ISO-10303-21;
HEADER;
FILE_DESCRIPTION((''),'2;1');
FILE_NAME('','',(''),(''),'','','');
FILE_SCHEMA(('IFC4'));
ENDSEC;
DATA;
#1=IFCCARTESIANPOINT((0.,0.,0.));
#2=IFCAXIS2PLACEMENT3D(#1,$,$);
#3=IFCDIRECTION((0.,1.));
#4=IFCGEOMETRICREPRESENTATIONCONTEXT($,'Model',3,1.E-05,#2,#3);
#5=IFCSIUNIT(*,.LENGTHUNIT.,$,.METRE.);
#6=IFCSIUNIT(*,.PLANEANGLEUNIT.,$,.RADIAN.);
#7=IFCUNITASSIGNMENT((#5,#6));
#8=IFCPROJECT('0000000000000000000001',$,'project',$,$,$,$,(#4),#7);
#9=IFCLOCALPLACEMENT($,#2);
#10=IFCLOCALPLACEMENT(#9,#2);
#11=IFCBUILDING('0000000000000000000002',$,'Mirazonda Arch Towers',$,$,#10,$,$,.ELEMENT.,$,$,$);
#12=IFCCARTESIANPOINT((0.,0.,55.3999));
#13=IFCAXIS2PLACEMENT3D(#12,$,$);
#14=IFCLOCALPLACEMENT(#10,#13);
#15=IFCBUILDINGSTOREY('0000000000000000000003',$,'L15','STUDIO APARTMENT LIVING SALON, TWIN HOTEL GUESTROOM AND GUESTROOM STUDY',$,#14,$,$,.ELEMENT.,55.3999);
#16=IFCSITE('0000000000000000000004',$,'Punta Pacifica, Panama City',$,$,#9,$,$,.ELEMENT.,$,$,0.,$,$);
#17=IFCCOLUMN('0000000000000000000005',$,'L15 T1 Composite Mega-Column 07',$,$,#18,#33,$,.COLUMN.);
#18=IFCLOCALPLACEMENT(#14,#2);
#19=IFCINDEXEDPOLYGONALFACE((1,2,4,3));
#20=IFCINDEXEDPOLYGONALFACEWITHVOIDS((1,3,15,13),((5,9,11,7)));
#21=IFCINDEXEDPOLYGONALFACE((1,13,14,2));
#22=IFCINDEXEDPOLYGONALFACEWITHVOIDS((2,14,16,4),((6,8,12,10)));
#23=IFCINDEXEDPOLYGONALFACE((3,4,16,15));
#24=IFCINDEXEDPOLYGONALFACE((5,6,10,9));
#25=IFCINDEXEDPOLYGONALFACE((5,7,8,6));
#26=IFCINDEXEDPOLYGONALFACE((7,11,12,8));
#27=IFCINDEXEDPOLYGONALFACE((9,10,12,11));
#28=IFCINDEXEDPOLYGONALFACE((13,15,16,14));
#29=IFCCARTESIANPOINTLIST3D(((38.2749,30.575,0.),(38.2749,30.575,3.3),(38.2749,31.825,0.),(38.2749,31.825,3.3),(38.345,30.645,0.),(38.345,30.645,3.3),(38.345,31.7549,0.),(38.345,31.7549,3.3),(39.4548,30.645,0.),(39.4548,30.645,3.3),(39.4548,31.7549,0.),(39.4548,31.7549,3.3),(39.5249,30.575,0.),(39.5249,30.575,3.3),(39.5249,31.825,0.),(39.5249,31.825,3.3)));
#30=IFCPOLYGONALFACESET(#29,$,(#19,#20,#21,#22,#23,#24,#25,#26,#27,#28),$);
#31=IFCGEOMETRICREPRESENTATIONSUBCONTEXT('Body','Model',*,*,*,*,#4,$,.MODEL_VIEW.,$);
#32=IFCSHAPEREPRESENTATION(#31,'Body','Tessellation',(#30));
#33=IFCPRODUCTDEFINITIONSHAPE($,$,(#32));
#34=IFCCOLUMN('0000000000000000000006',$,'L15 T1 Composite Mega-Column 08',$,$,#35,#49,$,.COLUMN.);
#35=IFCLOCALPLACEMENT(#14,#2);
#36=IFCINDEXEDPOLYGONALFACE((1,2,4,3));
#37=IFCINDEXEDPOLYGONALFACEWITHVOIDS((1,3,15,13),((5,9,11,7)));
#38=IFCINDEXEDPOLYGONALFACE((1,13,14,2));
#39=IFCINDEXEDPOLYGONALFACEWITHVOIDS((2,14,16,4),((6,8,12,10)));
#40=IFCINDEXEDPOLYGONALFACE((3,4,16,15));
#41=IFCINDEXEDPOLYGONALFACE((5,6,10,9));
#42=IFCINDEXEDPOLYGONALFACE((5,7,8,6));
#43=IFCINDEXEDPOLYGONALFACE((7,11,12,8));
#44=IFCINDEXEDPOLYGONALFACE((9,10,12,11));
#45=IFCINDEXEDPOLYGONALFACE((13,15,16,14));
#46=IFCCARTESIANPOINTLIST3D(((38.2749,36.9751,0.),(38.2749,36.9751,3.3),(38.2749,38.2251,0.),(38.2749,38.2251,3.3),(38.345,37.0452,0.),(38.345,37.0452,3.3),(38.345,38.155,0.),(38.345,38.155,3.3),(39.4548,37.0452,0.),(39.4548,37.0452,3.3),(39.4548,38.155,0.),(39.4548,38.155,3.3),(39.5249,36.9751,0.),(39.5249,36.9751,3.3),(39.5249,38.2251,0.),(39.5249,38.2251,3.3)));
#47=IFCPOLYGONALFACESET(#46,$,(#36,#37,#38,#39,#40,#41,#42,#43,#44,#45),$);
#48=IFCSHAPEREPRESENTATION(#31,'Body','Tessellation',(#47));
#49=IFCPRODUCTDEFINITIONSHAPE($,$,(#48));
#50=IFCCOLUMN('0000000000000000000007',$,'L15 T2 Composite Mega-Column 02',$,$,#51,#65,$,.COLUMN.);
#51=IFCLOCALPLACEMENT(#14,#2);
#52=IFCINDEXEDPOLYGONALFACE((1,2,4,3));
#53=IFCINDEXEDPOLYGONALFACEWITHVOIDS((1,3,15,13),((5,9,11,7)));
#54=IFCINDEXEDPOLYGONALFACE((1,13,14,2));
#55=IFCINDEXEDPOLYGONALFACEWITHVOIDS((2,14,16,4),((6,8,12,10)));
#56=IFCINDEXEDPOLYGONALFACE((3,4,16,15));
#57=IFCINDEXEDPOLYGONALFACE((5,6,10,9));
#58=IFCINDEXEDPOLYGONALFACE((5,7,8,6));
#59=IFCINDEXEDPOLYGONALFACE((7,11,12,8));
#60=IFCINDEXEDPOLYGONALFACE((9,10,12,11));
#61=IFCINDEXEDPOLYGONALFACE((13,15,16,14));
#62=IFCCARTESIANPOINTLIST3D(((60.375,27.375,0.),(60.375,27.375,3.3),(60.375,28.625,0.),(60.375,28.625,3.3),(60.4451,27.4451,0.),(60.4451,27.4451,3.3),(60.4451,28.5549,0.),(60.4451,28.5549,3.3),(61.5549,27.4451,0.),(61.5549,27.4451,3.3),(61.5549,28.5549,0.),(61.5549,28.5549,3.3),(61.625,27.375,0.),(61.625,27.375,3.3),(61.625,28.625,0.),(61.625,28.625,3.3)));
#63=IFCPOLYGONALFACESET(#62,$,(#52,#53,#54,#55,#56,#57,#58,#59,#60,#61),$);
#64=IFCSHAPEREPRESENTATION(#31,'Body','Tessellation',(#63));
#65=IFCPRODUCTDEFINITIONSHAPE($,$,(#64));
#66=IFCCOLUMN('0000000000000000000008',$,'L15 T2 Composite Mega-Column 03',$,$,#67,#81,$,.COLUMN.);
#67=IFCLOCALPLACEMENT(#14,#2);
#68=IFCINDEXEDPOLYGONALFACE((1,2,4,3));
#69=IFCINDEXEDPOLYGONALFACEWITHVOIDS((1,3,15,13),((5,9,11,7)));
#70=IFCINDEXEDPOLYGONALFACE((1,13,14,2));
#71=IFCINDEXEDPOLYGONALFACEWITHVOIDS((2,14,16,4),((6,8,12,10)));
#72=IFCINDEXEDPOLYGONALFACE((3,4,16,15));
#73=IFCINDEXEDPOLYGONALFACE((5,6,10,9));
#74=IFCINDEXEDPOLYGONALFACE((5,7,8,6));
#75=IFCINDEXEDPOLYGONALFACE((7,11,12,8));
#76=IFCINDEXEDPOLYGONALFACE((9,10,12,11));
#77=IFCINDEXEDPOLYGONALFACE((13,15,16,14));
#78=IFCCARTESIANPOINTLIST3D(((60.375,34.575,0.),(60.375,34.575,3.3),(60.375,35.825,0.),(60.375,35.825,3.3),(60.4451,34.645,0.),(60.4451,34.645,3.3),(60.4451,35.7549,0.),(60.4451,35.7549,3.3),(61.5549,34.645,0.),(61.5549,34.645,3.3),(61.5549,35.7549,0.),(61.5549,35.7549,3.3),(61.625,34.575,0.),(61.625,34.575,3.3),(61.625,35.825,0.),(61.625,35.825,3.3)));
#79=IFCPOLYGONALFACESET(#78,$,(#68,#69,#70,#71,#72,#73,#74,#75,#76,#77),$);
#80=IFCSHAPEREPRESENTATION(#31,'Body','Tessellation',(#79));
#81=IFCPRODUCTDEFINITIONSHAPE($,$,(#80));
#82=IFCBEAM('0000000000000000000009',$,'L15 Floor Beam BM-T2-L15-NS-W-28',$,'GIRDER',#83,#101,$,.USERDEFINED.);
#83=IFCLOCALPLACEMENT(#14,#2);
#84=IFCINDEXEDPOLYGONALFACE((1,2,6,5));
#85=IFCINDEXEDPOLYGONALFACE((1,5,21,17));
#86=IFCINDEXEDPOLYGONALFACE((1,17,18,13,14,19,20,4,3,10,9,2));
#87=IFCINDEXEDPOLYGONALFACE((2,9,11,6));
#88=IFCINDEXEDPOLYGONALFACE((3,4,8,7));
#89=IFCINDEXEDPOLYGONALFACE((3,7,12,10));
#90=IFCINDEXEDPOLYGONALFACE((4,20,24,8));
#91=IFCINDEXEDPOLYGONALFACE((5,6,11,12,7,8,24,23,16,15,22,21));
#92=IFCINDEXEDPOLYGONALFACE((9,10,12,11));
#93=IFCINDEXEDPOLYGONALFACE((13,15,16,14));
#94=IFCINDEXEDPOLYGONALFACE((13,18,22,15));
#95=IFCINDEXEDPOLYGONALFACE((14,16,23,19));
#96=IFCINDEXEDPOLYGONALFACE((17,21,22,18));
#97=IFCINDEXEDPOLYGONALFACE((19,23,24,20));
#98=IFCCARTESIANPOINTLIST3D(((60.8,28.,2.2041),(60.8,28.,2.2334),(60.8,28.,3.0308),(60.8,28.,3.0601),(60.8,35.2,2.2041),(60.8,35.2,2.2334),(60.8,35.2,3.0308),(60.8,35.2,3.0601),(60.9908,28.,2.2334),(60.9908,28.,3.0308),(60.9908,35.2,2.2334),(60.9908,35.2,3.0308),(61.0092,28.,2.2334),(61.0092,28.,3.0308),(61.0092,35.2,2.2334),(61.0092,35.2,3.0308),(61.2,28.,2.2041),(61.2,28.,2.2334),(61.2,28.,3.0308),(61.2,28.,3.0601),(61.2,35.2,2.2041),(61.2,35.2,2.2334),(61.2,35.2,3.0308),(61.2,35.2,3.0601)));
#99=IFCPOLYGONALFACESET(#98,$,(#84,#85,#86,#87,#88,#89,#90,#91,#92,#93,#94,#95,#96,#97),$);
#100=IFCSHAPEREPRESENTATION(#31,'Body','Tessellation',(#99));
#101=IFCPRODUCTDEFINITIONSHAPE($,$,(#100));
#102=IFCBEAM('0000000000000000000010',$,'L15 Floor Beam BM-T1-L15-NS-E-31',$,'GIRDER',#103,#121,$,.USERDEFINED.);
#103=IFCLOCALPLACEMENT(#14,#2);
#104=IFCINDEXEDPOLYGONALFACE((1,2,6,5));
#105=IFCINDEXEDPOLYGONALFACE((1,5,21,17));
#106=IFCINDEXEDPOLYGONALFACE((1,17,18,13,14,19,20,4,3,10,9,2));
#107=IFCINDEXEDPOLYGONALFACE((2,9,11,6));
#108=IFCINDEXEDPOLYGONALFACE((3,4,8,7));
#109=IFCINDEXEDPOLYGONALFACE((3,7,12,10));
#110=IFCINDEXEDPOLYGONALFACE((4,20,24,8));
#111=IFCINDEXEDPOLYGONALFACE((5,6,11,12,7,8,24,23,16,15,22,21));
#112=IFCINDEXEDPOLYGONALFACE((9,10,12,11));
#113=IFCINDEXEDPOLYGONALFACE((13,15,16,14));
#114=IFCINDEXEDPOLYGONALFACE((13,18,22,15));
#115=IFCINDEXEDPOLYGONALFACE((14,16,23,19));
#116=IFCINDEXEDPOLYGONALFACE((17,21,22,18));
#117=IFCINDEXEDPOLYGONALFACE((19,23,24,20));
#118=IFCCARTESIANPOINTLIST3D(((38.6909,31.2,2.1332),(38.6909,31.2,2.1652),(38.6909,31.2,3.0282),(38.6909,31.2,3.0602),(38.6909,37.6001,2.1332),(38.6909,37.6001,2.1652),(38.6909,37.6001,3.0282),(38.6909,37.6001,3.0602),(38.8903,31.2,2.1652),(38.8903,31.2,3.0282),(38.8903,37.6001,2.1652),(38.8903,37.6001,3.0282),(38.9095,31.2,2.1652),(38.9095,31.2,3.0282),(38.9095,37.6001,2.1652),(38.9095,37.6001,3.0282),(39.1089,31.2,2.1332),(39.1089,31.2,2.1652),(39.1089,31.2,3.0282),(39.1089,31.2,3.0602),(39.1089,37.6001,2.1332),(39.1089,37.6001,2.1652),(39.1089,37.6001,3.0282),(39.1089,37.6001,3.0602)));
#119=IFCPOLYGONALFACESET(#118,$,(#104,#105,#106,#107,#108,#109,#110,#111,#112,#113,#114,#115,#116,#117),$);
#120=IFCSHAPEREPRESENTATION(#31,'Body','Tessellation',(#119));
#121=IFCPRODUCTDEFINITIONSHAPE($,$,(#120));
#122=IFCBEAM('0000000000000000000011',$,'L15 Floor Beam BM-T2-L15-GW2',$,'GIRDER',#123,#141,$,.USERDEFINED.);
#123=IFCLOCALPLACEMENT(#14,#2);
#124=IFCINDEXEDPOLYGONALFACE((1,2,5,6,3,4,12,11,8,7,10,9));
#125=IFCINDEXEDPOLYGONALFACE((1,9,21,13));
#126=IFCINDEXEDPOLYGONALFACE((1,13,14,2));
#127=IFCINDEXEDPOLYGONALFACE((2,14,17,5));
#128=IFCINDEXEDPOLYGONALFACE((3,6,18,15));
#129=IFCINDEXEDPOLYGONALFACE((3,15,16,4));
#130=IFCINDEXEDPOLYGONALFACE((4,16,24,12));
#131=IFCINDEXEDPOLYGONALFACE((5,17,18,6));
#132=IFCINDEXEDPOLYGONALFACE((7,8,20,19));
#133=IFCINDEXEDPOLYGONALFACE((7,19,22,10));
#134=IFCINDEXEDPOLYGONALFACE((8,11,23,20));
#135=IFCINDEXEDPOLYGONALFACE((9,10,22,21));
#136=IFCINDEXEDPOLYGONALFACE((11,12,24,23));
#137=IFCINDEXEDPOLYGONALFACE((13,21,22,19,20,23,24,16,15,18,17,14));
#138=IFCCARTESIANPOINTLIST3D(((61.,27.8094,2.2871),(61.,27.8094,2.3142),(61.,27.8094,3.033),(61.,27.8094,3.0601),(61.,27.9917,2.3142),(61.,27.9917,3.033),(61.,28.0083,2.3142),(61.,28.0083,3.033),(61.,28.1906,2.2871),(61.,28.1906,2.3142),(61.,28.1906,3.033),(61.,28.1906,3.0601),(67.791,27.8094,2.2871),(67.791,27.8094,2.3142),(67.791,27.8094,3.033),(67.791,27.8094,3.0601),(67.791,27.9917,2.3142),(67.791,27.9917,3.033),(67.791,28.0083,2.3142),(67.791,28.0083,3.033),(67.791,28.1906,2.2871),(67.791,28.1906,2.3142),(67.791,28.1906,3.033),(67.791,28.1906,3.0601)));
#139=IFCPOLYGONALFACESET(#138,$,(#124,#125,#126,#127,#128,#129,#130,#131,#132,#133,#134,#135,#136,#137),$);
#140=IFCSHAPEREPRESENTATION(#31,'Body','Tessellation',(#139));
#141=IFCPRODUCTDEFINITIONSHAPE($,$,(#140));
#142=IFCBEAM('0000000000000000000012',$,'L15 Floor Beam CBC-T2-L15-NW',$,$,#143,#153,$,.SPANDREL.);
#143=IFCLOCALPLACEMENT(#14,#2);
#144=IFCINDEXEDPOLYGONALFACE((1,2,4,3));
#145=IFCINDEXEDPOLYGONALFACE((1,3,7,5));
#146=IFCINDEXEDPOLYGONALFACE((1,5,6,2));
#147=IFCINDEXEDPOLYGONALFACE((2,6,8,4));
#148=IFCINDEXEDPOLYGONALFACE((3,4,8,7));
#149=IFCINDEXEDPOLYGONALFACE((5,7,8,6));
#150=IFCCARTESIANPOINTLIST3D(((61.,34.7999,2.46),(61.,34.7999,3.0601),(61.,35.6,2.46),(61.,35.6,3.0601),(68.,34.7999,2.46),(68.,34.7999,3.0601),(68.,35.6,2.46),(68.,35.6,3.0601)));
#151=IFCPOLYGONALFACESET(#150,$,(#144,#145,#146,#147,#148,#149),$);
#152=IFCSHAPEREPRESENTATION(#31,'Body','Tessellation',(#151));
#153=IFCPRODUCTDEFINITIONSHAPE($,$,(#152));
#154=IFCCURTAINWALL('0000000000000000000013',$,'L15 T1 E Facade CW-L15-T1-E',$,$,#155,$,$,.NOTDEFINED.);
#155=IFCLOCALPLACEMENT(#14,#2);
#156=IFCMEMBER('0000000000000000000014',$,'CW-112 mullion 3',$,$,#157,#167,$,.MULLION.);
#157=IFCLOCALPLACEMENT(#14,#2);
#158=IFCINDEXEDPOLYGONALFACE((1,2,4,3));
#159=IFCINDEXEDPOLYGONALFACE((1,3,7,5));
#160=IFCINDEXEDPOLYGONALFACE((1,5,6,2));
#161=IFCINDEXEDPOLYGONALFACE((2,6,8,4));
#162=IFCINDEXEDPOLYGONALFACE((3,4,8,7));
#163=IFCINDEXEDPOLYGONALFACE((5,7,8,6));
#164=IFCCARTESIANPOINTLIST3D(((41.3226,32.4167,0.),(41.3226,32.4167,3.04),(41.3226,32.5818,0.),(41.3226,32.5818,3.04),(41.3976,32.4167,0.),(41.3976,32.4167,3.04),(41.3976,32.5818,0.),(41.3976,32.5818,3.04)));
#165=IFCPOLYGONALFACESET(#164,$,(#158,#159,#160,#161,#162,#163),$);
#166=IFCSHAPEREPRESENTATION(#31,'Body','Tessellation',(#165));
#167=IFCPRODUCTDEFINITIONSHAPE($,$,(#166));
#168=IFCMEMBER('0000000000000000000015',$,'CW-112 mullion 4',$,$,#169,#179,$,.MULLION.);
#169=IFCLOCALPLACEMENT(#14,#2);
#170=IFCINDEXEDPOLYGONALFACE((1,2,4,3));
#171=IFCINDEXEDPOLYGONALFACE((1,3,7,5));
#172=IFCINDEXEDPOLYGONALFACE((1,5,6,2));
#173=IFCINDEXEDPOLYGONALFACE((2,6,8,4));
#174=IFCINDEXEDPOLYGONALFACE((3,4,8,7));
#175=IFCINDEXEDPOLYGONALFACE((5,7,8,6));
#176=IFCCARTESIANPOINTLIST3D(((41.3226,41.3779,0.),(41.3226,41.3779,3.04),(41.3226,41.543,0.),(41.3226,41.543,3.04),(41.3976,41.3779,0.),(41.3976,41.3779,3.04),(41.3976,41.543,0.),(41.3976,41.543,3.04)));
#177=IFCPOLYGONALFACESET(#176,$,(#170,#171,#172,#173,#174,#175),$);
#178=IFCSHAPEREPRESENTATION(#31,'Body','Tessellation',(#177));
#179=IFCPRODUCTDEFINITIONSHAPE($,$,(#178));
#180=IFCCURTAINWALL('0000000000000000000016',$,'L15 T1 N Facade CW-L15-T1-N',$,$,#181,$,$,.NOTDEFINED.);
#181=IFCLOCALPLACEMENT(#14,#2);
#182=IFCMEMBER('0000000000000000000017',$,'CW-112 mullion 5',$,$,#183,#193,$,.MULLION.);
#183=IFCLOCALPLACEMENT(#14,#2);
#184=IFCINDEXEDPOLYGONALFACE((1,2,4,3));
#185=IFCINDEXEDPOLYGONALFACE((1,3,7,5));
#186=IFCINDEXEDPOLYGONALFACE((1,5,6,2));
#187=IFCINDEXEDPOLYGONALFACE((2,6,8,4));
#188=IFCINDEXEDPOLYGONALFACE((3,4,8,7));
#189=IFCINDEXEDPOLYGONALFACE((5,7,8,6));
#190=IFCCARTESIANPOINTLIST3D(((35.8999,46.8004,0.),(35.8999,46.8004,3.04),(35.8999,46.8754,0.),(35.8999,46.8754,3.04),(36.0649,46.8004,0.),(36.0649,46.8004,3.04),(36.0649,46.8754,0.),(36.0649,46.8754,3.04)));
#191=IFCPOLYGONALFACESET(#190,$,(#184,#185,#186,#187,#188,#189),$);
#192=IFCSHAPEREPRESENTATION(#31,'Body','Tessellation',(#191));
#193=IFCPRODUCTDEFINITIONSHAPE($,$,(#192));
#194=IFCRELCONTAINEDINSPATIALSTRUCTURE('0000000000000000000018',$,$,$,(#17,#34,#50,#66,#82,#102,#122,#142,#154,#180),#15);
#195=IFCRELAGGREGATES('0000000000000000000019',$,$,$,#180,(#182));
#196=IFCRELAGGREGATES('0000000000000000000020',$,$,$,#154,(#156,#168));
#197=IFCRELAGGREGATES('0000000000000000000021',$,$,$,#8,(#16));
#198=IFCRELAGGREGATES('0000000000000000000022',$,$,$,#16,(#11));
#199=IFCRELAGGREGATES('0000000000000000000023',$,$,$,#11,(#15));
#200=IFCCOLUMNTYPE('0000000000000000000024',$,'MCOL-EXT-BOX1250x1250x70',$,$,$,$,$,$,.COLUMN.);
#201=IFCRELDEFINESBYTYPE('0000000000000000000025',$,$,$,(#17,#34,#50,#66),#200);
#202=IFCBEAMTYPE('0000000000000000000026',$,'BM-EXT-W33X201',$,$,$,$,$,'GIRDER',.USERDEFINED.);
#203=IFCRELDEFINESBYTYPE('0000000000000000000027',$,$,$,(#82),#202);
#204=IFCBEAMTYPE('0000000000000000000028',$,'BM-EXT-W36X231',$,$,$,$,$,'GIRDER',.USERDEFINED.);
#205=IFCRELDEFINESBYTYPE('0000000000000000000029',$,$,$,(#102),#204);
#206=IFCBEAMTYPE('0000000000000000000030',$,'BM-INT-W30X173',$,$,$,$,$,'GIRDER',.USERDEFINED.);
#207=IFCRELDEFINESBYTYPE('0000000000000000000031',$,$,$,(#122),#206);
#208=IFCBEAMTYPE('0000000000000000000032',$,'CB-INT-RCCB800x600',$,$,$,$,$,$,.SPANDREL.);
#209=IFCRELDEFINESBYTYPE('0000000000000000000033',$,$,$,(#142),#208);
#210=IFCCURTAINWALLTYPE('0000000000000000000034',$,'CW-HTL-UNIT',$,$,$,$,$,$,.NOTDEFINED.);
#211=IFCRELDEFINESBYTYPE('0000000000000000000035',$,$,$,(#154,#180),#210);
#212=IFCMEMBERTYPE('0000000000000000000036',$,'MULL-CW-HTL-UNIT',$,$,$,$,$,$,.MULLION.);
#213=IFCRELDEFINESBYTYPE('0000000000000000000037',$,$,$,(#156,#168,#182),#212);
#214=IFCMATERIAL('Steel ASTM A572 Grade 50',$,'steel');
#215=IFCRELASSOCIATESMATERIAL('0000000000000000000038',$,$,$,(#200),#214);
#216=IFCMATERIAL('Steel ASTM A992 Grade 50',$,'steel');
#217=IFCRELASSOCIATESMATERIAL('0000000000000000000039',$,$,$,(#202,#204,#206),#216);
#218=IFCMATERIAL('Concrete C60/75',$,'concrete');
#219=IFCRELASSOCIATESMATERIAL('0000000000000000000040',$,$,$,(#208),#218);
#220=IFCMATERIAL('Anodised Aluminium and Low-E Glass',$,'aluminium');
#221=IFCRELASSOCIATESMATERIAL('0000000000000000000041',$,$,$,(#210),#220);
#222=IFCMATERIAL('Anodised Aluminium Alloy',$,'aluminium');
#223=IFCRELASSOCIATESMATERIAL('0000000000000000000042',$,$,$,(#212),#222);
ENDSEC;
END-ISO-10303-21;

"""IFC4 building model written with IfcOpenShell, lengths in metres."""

from ifc_helpers import new_model, si_unit, direction, frame, origin, origin_2d, place, context, subcontext, project, spatial, rectangle, hollow_rectangle, i_section, extrude, material, material_profile, profile_set, type_object, element, aggregate, save


model = new_model("IFC4")

# Units and contexts
model_context = context("Model", 3, precision=1e-05, world=origin(), true_north=direction((0.0, 1.0)))
body_context = subcontext(model_context, "Body", "Model", "MODEL_VIEW")
ifc_project = project(units=[si_unit("LENGTHUNIT", "METRE"), si_unit("PLANEANGLEUNIT", "RADIAN")], contexts=[model_context])

# Site, building, storey
site_placement = place(None, origin())
site = spatial("IfcSite", under=ifc_project, at=site_placement, Name="Punta Pacifica, Panama City", CompositionType="ELEMENT", RefElevation=0.0)
building_placement = place(site_placement, origin())
building = spatial("IfcBuilding", under=site, at=building_placement, Name="Mirazonda Arch Towers", CompositionType="ELEMENT")
storey_placement = place(building_placement, frame((0.0, 0.0, 55.3999)))
storey = spatial("IfcBuildingStorey", under=building, at=storey_placement, Name="L15", Description="STUDIO APARTMENT LIVING SALON, TWIN HOTEL GUESTROOM AND GUESTROOM STUDY", CompositionType="ELEMENT", Elevation=55.3999)

# Columns
ifc_material_1 = material(Name="Steel ASTM A572 Grade 50", Category="steel")
ifc_material_profile_1 = material_profile(ifc_material_1, hollow_rectangle(XDim=1.25, YDim=1.25, WallThickness=0.0701, at=origin_2d()), Name="BOX1250x1250x70")
ifc_profile_set_1 = profile_set([ifc_material_profile_1], Name="Steel ASTM A572 Grade 50")
column_type = type_object("IfcColumnType", Name="MCOL-EXT-BOX1250x1250x70", PredefinedType="COLUMN", material=ifc_profile_set_1)
for number, where, z_axis, x_axis, name in (
    (1, (38.8999, 31.2, 0.0), (0.0, 0.0, 1.0), (1.0, 0.0, 0.0), "L15 T1 Composite Mega-Column 07"),
    (2, (38.8999, 37.6001, 0.0), (0.0, 0.0, 1.0), (1.0, 0.0, 0.0), "L15 T1 Composite Mega-Column 08"),
    (3, (61.0, 28.0, 0.0), (0.0, 0.0, 1.0), (1.0, 0.0, 0.0), "L15 T2 Composite Mega-Column 02"),
    (4, (61.0, 35.2, 0.0), (0.0, 0.0, 1.0), (1.0, 0.0, 0.0), "L15 T2 Composite Mega-Column 03"),
):
    element("IfcColumn", number, at=place(storey_placement, frame(where, z_axis=z_axis, x_axis=x_axis)), inside=storey, type_object=column_type, Name=name, PredefinedType="COLUMN", context=body_context, shape_type="SweptSolid", body=[
        extrude(hollow_rectangle(XDim=1.25, YDim=1.25, WallThickness=0.0701, at=origin_2d()), origin(), (0.0, 0.0, 1.0), 3.3),
    ])

# Beams
ifc_material_2 = material(Name="Steel ASTM A992 Grade 50", Category="steel")
ifc_material_profile_2 = material_profile(ifc_material_2, i_section(OverallWidth=0.3999, OverallDepth=0.856, WebThickness=0.0183, FlangeThickness=0.0293, at=origin_2d()), Name="W33X201")
ifc_profile_set_2 = profile_set([ifc_material_profile_2], Name="Steel ASTM A992 Grade 50")
beam_type_1 = type_object("IfcBeamType", Name="BM-EXT-W33X201", ElementType="GIRDER", PredefinedType="USERDEFINED", material=ifc_profile_set_2)
beam_1_placement = place(storey_placement, frame((61.0, 28.0, 2.6321), z_axis=(0.0, 1.0, 0.0), x_axis=(-1.0, 0.0, 0.0)))
element("IfcBeam", 5, at=beam_1_placement, inside=storey, type_object=beam_type_1, Name="L15 Floor Beam BM-T2-L15-NS-W-28", ObjectType="GIRDER", PredefinedType="USERDEFINED", context=body_context, shape_type="SweptSolid", body=[
    extrude(i_section(OverallWidth=0.3999, OverallDepth=0.856, WebThickness=0.0183, FlangeThickness=0.0293, at=origin_2d()), origin(), (0.0, 0.0, 1.0), 7.2),
])
ifc_material_profile_3 = material_profile(ifc_material_2, i_section(OverallWidth=0.418, OverallDepth=0.927, WebThickness=0.0193, FlangeThickness=0.032, at=origin_2d()), Name="W36X231")
ifc_profile_set_3 = profile_set([ifc_material_profile_3], Name="Steel ASTM A992 Grade 50")
beam_type_2 = type_object("IfcBeamType", Name="BM-EXT-W36X231", ElementType="GIRDER", PredefinedType="USERDEFINED", material=ifc_profile_set_3)
beam_2_placement = place(storey_placement, frame((38.8999, 31.2, 2.5967), z_axis=(0.0, 1.0, 0.0), x_axis=(-1.0, 0.0, 0.0)))
element("IfcBeam", 6, at=beam_2_placement, inside=storey, type_object=beam_type_2, Name="L15 Floor Beam BM-T1-L15-NS-E-31", ObjectType="GIRDER", PredefinedType="USERDEFINED", context=body_context, shape_type="SweptSolid", body=[
    extrude(i_section(OverallWidth=0.418, OverallDepth=0.927, WebThickness=0.0193, FlangeThickness=0.032, at=origin_2d()), origin(), (0.0, 0.0, 1.0), 6.4001),
])
ifc_material_profile_4 = material_profile(ifc_material_2, i_section(OverallWidth=0.3811, OverallDepth=0.7729, WebThickness=0.0166, FlangeThickness=0.0271, at=origin_2d()), Name="W30X173")
ifc_profile_set_4 = profile_set([ifc_material_profile_4], Name="Steel ASTM A992 Grade 50")
beam_type_3 = type_object("IfcBeamType", Name="BM-INT-W30X173", ElementType="GIRDER", PredefinedType="USERDEFINED", material=ifc_profile_set_4)
beam_3_placement = place(storey_placement, frame((61.0, 28.0, 2.6736), z_axis=(1.0, 0.0, 0.0), x_axis=(0.0, 1.0, 0.0)))
element("IfcBeam", 7, at=beam_3_placement, inside=storey, type_object=beam_type_3, Name="L15 Floor Beam BM-T2-L15-GW2", ObjectType="GIRDER", PredefinedType="USERDEFINED", context=body_context, shape_type="SweptSolid", body=[
    extrude(i_section(OverallWidth=0.3811, OverallDepth=0.7729, WebThickness=0.0166, FlangeThickness=0.0271, at=origin_2d()), origin(), (0.0, 0.0, 1.0), 6.791),
])
ifc_material_3 = material(Name="Concrete C60/75", Category="concrete")
ifc_material_profile_5 = material_profile(ifc_material_3, rectangle(XDim=0.8, YDim=0.6001, at=origin_2d()), Name="RCCB800x600")
ifc_profile_set_5 = profile_set([ifc_material_profile_5], Name="Concrete C60/75")
beam_type_4 = type_object("IfcBeamType", Name="CB-INT-RCCB800x600", PredefinedType="SPANDREL", material=ifc_profile_set_5)
beam_4_placement = place(storey_placement, frame((61.0, 35.2, 2.76), z_axis=(1.0, 0.0, 0.0), x_axis=(0.0, 1.0, 0.0)))
element("IfcBeam", 8, at=beam_4_placement, inside=storey, type_object=beam_type_4, Name="L15 Floor Beam CBC-T2-L15-NW", PredefinedType="SPANDREL", context=body_context, shape_type="SweptSolid", body=[
    extrude(rectangle(XDim=0.8, YDim=0.6001, at=origin_2d()), origin(), (0.0, 0.0, 1.0), 7.0),
])

# Curtain wall, members
ifc_material_4 = material(Name="Anodised Aluminium and Low-E Glass", Category="aluminium")
curtain_wall_type = type_object("IfcCurtainWallType", Name="CW-HTL-UNIT", PredefinedType="NOTDEFINED", material=ifc_material_4)
curtain_wall_1_placement = place(storey_placement, origin())
curtain_wall_1 = element("IfcCurtainWall", 9, at=curtain_wall_1_placement, inside=storey, type_object=curtain_wall_type, Name="L15 T1 E Facade CW-L15-T1-E", PredefinedType="NOTDEFINED")
ifc_material_5 = material(Name="Anodised Aluminium Alloy", Category="aluminium")
ifc_material_profile_6 = material_profile(ifc_material_5, rectangle(XDim=0.075, YDim=0.165, at=origin_2d()), Name="ALU-MULL-75x165")
ifc_profile_set_6 = profile_set([ifc_material_profile_6], Name="Anodised Aluminium Alloy")
member_type_1 = type_object("IfcMemberType", Name="MULL-CW-HTL-UNIT", PredefinedType="MULLION", material=ifc_profile_set_6)
member_1_placement = place(storey_placement, frame((41.3601, 32.4993, 0.0), z_axis=(0.0, 0.0, 1.0), x_axis=(-1.0, 0.0, 0.0)))
member_1 = element("IfcMember", 10, at=member_1_placement, type_object=member_type_1, Name="CW-112 mullion 3", PredefinedType="MULLION", context=body_context, shape_type="SweptSolid", body=[
    extrude(rectangle(XDim=0.075, YDim=0.165, at=origin_2d()), origin(), (0.0, 0.0, 1.0), 3.04),
])
member_2_placement = place(storey_placement, frame((41.3601, 41.4604, 0.0), z_axis=(0.0, 0.0, 1.0), x_axis=(-1.0, 0.0, 0.0)))
member_2 = element("IfcMember", 11, at=member_2_placement, type_object=member_type_1, Name="CW-112 mullion 4", PredefinedType="MULLION", context=body_context, shape_type="SweptSolid", body=[
    extrude(rectangle(XDim=0.075, YDim=0.165, at=origin_2d()), origin(), (0.0, 0.0, 1.0), 3.04),
])

# Curtain wall, member
curtain_wall_2_placement = place(storey_placement, origin())
curtain_wall_2 = element("IfcCurtainWall", 12, at=curtain_wall_2_placement, inside=storey, type_object=curtain_wall_type, Name="L15 T1 N Facade CW-L15-T1-N", PredefinedType="NOTDEFINED")
member_3_placement = place(storey_placement, frame((35.9824, 46.8379, 0.0), z_axis=(0.0, 0.0, 1.0), x_axis=(0.0, 1.0, 0.0)))
member_3 = element("IfcMember", 13, at=member_3_placement, type_object=member_type_1, Name="CW-112 mullion 5", PredefinedType="MULLION", context=body_context, shape_type="SweptSolid", body=[
    extrude(rectangle(XDim=0.075, YDim=0.165, at=origin_2d()), origin(), (0.0, 0.0, 1.0), 3.04),
])
aggregate(curtain_wall_2, [member_3])

aggregate(curtain_wall_1, [member_1, member_2])

save(model, "model.ifc")
